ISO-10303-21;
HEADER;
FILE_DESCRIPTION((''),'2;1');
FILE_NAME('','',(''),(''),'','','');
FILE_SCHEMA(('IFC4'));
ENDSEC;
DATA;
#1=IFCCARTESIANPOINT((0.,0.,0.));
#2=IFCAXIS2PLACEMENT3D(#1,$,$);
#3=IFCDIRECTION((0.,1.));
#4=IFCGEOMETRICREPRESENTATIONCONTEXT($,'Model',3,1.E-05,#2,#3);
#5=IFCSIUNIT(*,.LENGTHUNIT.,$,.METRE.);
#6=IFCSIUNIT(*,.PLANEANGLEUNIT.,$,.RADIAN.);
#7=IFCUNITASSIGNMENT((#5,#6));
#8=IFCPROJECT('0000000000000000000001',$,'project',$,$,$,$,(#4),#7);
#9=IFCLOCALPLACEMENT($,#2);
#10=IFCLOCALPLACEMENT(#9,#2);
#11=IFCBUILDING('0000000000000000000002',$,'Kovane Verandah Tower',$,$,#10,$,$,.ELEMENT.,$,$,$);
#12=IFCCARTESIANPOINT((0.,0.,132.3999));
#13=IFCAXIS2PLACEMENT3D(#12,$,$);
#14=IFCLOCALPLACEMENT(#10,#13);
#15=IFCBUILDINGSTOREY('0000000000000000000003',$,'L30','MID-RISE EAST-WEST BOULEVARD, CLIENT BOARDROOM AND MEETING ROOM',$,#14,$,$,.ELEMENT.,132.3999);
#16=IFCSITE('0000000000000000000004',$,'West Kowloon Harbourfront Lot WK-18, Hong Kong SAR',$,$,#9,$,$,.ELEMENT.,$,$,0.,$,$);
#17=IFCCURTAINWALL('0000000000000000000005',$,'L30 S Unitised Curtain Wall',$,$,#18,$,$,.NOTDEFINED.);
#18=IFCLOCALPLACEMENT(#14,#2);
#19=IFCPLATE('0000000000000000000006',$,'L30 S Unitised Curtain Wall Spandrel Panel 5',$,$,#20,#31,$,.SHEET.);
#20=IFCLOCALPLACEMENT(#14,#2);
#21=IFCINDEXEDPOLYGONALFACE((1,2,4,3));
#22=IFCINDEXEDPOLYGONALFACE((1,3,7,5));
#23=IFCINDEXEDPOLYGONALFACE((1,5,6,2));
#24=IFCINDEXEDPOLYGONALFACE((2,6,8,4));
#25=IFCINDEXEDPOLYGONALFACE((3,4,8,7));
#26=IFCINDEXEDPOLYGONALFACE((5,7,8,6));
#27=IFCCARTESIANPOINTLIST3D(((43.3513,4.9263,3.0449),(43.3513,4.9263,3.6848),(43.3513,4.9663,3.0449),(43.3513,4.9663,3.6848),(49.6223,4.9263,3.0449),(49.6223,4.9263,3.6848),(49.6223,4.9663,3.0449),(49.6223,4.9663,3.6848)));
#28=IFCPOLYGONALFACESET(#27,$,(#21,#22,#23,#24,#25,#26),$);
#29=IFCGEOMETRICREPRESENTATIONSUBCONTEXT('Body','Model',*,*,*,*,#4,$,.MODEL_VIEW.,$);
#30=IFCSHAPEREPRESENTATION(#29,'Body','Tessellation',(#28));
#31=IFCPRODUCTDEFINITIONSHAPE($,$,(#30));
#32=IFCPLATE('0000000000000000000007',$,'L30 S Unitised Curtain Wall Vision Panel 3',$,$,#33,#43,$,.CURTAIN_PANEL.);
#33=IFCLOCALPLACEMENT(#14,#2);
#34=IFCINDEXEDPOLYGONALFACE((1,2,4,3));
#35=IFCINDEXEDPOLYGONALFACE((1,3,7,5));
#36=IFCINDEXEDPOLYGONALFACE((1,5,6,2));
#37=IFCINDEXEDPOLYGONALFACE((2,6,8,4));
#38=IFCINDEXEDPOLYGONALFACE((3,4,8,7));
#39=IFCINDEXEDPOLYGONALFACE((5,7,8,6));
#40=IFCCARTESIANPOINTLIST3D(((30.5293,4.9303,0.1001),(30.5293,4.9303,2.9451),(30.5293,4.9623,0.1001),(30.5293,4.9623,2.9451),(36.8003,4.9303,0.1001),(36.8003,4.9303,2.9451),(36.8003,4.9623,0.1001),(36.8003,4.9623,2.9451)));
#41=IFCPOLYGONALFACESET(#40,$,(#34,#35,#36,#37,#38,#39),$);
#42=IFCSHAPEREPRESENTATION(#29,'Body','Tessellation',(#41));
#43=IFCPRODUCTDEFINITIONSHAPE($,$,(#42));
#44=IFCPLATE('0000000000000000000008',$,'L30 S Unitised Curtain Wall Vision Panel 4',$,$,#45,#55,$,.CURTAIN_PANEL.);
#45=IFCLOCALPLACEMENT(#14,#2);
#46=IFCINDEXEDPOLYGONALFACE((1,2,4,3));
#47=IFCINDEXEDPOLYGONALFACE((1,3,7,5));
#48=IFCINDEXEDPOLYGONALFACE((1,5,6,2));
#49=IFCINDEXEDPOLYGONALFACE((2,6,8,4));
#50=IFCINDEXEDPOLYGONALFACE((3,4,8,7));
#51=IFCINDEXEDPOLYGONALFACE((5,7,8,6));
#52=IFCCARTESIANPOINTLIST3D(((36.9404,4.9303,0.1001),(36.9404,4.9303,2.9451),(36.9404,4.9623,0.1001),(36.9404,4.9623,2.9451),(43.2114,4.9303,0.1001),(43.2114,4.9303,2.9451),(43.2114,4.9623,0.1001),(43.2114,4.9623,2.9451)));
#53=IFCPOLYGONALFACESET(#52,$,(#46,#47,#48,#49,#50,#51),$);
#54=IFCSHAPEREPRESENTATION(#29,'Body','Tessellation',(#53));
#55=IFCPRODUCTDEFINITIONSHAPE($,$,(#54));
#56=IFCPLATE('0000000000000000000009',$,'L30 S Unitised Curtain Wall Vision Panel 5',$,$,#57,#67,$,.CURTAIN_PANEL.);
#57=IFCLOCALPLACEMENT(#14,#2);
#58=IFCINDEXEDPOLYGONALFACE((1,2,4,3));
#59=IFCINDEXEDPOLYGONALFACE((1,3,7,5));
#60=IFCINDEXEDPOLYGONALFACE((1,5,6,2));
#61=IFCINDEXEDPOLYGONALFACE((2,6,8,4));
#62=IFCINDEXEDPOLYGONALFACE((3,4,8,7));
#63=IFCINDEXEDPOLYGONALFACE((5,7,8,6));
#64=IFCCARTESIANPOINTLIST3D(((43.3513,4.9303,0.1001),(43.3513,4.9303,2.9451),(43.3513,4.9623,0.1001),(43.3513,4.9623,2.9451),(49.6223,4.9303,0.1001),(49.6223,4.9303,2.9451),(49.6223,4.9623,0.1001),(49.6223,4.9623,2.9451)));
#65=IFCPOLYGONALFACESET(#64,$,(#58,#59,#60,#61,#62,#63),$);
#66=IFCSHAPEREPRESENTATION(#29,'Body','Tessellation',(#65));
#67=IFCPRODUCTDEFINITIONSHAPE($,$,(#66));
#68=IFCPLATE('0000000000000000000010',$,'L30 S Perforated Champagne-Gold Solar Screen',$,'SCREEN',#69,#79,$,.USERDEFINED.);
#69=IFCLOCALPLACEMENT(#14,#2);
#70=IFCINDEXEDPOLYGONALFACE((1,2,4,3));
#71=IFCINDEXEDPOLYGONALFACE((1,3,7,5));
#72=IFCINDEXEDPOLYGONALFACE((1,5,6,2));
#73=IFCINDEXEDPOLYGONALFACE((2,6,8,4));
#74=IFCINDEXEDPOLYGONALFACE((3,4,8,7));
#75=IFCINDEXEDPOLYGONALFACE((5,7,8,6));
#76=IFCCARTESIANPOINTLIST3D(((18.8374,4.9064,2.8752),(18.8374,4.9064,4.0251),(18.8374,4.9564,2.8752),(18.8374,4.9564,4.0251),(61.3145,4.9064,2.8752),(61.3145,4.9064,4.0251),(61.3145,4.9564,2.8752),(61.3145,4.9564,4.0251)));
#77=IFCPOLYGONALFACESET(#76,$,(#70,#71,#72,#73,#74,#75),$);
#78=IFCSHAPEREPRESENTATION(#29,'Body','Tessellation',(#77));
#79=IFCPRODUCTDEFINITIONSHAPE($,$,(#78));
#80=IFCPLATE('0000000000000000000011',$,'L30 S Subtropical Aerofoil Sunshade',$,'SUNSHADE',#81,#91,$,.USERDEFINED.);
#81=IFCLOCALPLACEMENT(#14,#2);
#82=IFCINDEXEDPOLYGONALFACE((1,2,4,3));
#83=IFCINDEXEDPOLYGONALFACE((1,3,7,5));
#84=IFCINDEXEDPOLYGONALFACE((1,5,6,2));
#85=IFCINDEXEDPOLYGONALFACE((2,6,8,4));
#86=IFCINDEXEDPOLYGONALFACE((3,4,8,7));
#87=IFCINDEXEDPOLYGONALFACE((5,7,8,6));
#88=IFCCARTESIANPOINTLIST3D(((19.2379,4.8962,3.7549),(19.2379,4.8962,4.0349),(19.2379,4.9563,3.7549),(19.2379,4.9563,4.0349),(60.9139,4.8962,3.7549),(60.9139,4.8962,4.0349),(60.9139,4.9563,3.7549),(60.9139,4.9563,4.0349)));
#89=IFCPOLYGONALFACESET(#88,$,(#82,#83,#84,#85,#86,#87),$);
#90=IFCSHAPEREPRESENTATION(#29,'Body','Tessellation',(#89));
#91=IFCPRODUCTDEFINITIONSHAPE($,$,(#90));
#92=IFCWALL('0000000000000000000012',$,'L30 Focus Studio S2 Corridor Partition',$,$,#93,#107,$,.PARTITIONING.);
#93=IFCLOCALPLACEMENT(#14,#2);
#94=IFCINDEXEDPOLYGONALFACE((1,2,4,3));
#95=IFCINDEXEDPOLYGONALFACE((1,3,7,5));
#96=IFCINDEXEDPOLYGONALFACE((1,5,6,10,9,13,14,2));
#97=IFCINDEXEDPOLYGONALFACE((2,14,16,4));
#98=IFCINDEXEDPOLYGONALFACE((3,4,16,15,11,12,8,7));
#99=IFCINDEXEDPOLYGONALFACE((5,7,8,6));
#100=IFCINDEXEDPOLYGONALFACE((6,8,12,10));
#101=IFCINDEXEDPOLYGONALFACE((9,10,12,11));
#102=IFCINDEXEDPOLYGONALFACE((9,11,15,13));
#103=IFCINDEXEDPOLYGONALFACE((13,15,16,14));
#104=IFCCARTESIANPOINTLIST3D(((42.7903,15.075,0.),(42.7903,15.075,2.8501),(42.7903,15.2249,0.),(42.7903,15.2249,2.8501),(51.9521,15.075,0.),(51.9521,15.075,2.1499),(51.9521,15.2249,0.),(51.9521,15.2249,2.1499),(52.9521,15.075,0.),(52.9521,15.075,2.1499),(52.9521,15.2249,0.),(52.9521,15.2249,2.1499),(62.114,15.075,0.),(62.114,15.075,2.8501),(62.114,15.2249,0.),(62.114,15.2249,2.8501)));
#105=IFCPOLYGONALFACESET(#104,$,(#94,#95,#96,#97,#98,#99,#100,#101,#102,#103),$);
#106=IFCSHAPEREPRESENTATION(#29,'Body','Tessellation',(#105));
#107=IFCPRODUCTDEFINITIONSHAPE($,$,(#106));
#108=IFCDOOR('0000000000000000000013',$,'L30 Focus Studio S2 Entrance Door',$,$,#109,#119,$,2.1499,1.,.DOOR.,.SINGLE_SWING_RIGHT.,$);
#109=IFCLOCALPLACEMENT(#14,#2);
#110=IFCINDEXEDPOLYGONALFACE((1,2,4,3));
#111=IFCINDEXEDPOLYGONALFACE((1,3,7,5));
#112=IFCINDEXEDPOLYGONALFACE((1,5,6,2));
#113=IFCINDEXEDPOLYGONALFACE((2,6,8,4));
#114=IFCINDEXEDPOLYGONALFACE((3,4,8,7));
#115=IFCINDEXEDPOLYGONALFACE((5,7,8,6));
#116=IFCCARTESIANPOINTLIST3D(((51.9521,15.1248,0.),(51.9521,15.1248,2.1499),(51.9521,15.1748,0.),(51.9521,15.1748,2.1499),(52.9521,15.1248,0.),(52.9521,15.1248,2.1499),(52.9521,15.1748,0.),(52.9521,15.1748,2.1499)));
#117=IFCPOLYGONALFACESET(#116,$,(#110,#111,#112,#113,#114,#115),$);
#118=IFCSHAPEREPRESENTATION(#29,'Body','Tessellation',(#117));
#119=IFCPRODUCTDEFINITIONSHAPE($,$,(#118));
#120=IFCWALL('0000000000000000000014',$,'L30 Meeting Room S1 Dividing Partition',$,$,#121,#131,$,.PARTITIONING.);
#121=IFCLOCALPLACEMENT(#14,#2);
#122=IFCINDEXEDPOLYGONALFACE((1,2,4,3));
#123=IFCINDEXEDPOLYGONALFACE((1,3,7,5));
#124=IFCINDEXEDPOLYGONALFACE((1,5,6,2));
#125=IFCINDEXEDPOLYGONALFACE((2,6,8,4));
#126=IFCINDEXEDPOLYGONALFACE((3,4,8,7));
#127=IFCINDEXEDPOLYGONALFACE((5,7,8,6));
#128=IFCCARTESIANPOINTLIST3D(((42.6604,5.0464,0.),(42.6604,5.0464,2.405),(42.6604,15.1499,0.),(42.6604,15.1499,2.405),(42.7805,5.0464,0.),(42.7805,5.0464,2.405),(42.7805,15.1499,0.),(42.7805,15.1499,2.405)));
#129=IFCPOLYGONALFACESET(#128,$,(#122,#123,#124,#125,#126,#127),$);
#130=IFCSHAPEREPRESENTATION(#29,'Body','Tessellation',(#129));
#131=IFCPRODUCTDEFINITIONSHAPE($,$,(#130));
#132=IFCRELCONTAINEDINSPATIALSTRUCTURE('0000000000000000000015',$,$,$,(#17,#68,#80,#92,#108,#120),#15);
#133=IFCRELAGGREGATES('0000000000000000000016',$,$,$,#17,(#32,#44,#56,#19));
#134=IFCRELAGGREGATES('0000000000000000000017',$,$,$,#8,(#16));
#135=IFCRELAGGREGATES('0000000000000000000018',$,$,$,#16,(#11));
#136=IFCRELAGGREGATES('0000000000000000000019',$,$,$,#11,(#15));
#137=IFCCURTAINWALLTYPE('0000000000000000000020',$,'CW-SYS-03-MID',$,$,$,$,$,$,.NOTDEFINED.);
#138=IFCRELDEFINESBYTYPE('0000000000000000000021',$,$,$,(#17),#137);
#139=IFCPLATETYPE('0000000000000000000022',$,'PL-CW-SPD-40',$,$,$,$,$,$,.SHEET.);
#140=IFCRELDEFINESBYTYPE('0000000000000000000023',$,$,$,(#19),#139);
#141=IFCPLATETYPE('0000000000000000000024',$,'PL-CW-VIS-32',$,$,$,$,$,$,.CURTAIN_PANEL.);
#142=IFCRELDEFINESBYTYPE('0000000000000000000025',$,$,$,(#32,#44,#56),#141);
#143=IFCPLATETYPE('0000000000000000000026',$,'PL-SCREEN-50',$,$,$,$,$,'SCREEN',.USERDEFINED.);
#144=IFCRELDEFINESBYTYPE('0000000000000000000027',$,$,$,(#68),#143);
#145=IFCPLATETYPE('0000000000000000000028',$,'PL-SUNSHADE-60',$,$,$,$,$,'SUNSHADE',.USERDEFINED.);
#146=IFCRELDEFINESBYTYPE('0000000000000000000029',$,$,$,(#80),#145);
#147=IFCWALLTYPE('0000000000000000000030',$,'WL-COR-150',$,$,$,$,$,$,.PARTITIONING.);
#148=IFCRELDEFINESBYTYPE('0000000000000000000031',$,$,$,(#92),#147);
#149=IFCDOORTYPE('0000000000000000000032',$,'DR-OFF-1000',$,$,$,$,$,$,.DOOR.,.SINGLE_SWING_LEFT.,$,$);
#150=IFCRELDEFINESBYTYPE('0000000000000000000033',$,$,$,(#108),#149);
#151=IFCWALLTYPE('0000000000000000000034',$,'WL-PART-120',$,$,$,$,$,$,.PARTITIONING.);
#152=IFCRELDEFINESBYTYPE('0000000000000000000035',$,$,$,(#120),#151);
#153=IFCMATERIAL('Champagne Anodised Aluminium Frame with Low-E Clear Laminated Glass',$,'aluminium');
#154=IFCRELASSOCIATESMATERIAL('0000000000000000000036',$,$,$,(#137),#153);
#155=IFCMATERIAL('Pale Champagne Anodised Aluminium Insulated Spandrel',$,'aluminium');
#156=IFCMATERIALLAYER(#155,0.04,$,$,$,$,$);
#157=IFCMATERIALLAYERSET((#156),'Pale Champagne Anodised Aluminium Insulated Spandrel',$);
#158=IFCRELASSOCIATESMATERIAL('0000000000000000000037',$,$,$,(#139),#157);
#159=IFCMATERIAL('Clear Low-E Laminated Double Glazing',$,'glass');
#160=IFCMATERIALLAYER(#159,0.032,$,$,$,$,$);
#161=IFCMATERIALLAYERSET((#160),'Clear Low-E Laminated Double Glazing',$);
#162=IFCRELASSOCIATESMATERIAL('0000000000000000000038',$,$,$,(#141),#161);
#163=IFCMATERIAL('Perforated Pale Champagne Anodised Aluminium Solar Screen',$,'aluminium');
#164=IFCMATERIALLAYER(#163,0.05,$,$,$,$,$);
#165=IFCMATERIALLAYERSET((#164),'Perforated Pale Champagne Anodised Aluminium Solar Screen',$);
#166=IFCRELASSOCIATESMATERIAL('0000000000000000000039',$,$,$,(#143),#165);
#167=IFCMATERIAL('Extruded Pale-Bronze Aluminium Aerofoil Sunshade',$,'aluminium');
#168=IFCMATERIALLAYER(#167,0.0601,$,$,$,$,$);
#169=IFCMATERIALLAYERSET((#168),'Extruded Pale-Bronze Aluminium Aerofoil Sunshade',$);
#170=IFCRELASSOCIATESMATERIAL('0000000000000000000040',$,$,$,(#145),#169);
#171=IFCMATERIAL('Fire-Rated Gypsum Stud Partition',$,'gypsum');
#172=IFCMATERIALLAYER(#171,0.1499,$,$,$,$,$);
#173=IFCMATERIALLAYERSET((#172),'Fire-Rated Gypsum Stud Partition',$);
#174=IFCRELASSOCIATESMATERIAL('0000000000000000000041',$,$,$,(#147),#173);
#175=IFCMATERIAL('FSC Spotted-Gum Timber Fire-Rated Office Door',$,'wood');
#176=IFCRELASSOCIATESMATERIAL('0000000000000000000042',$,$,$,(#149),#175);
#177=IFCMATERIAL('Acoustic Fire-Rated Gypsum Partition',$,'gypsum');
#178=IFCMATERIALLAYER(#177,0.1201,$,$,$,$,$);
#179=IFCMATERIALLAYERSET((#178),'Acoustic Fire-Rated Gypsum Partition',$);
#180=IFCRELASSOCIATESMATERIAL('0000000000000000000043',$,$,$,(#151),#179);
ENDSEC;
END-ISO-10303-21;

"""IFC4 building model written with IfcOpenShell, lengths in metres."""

from ifc_helpers import new_model, si_unit, direction, frame, frame_2d, origin, origin_2d, place, context, subcontext, project, spatial, rectangle, extrude, material, layer, layer_set, type_object, element, fill, aggregate, save


model = new_model("IFC4")

# Units and contexts
model_context = context("Model", 3, precision=1e-05, world=origin(), true_north=direction((0.0, 1.0)))
body_context = subcontext(model_context, "Body", "Model", "MODEL_VIEW")
ifc_project = project(units=[si_unit("LENGTHUNIT", "METRE"), si_unit("PLANEANGLEUNIT", "RADIAN")], contexts=[model_context])

# Site, building, storey
site_placement = place(None, origin())
site = spatial("IfcSite", under=ifc_project, at=site_placement, Name="West Kowloon Harbourfront Lot WK-18, Hong Kong SAR", CompositionType="ELEMENT", RefElevation=0.0)
building_placement = place(site_placement, origin())
building = spatial("IfcBuilding", under=site, at=building_placement, Name="Kovane Verandah Tower", CompositionType="ELEMENT")
storey_placement = place(building_placement, frame((0.0, 0.0, 132.3999)))
storey = spatial("IfcBuildingStorey", under=building, at=storey_placement, Name="L30", Description="MID-RISE EAST-WEST BOULEVARD, CLIENT BOARDROOM AND MEETING ROOM", CompositionType="ELEMENT", Elevation=132.3999)

# Curtain wall, plates
ifc_material_1 = material(Name="Champagne Anodised Aluminium Frame with Low-E Clear Laminated Glass", Category="aluminium")
curtain_wall_type = type_object("IfcCurtainWallType", Name="CW-SYS-03-MID", PredefinedType="NOTDEFINED", material=ifc_material_1)
curtain_wall_placement = place(storey_placement, origin())
curtain_wall = element("IfcCurtainWall", 1, at=curtain_wall_placement, inside=storey, type_object=curtain_wall_type, Name="L30 S Unitised Curtain Wall", PredefinedType="NOTDEFINED")
ifc_material_2 = material(Name="Pale Champagne Anodised Aluminium Insulated Spandrel", Category="aluminium")
ifc_layer_1 = layer(ifc_material_2, 0.04)
ifc_layer_set_1 = layer_set([ifc_layer_1], Name="Pale Champagne Anodised Aluminium Insulated Spandrel")
plate_type_1 = type_object("IfcPlateType", Name="PL-CW-SPD-40", PredefinedType="SHEET", material=ifc_layer_set_1)
plate_1_placement = place(storey_placement, frame((46.4868, 4.9463, 3.0449), z_axis=(0.0, 0.0, 1.0), x_axis=(1.0, 0.0, 0.0)))
plate_1 = element("IfcPlate", 2, at=plate_1_placement, type_object=plate_type_1, Name="L30 S Unitised Curtain Wall Spandrel Panel 5", PredefinedType="SHEET", context=body_context, shape_type="SweptSolid", body=[
    extrude(rectangle(XDim=6.271, YDim=0.04, at=origin_2d()), origin(), (0.0, 0.0, 1.0), 0.6399),
])
ifc_material_3 = material(Name="Clear Low-E Laminated Double Glazing", Category="glass")
ifc_layer_2 = layer(ifc_material_3, 0.032)
ifc_layer_set_2 = layer_set([ifc_layer_2], Name="Clear Low-E Laminated Double Glazing")
plate_type_2 = type_object("IfcPlateType", Name="PL-CW-VIS-32", PredefinedType="CURTAIN_PANEL", material=ifc_layer_set_2)
plate_2_placement = place(storey_placement, frame((33.6648, 4.9463, 0.1001), z_axis=(0.0, 0.0, 1.0), x_axis=(1.0, 0.0, 0.0)))
plate_2 = element("IfcPlate", 3, at=plate_2_placement, type_object=plate_type_2, Name="L30 S Unitised Curtain Wall Vision Panel 3", PredefinedType="CURTAIN_PANEL", context=body_context, shape_type="SweptSolid", body=[
    extrude(rectangle(XDim=6.271, YDim=0.032, at=origin_2d()), origin(), (0.0, 0.0, 1.0), 2.845),
])
plate_3_placement = place(storey_placement, frame((40.0759, 4.9463, 0.1001), z_axis=(0.0, 0.0, 1.0), x_axis=(1.0, 0.0, 0.0)))
plate_3 = element("IfcPlate", 4, at=plate_3_placement, type_object=plate_type_2, Name="L30 S Unitised Curtain Wall Vision Panel 4", PredefinedType="CURTAIN_PANEL", context=body_context, shape_type="SweptSolid", body=[
    extrude(rectangle(XDim=6.271, YDim=0.032, at=origin_2d()), origin(), (0.0, 0.0, 1.0), 2.845),
])
plate_4_placement = place(storey_placement, frame((46.4868, 4.9463, 0.1001), z_axis=(0.0, 0.0, 1.0), x_axis=(1.0, 0.0, 0.0)))
plate_4 = element("IfcPlate", 5, at=plate_4_placement, type_object=plate_type_2, Name="L30 S Unitised Curtain Wall Vision Panel 5", PredefinedType="CURTAIN_PANEL", context=body_context, shape_type="SweptSolid", body=[
    extrude(rectangle(XDim=6.271, YDim=0.032, at=origin_2d()), origin(), (0.0, 0.0, 1.0), 2.845),
])
aggregate(curtain_wall, [plate_2, plate_3, plate_4, plate_1])

# Plates
ifc_material_4 = material(Name="Perforated Pale Champagne Anodised Aluminium Solar Screen", Category="aluminium")
ifc_layer_3 = layer(ifc_material_4, 0.05)
ifc_layer_set_3 = layer_set([ifc_layer_3], Name="Perforated Pale Champagne Anodised Aluminium Solar Screen")
plate_type_3 = type_object("IfcPlateType", Name="PL-SCREEN-50", ElementType="SCREEN", PredefinedType="USERDEFINED", material=ifc_layer_set_3)
plate_5_placement = place(storey_placement, frame((40.0759, 4.9314, 2.8752), z_axis=(0.0, 0.0, 1.0), x_axis=(1.0, 0.0, 0.0)))
element("IfcPlate", 6, at=plate_5_placement, inside=storey, type_object=plate_type_3, Name="L30 S Perforated Champagne-Gold Solar Screen", ObjectType="SCREEN", PredefinedType="USERDEFINED", context=body_context, shape_type="SweptSolid", body=[
    extrude(rectangle(XDim=42.4771, YDim=0.05, at=origin_2d()), origin(), (0.0, 0.0, 1.0), 1.1499),
])
ifc_material_5 = material(Name="Extruded Pale-Bronze Aluminium Aerofoil Sunshade", Category="aluminium")
ifc_layer_4 = layer(ifc_material_5, 0.0601)
ifc_layer_set_4 = layer_set([ifc_layer_4], Name="Extruded Pale-Bronze Aluminium Aerofoil Sunshade")
plate_type_4 = type_object("IfcPlateType", Name="PL-SUNSHADE-60", ElementType="SUNSHADE", PredefinedType="USERDEFINED", material=ifc_layer_set_4)
plate_6_placement = place(storey_placement, frame((40.0759, 4.9263, 3.7549), z_axis=(0.0, 0.0, 1.0), x_axis=(1.0, 0.0, 0.0)))
element("IfcPlate", 7, at=plate_6_placement, inside=storey, type_object=plate_type_4, Name="L30 S Subtropical Aerofoil Sunshade", ObjectType="SUNSHADE", PredefinedType="USERDEFINED", context=body_context, shape_type="SweptSolid", body=[
    extrude(rectangle(XDim=41.676, YDim=0.0601, at=origin_2d()), origin(), (0.0, 0.0, 1.0), 0.28),
])

# Wall, opening, door
ifc_material_6 = material(Name="Fire-Rated Gypsum Stud Partition", Category="gypsum")
ifc_layer_5 = layer(ifc_material_6, 0.1499)
ifc_layer_set_5 = layer_set([ifc_layer_5], Name="Fire-Rated Gypsum Stud Partition")
wall_type_1 = type_object("IfcWallType", Name="WL-COR-150", PredefinedType="PARTITIONING", material=ifc_layer_set_5)
wall_1_placement = place(storey_placement, frame((42.7903, 15.1499, 0.0), z_axis=(0.0, 0.0, 1.0), x_axis=(1.0, 0.0, 0.0)))
wall_1 = element("IfcWall", 8, at=wall_1_placement, inside=storey, type_object=wall_type_1, Name="L30 Focus Studio S2 Corridor Partition", PredefinedType="PARTITIONING", context=body_context, shape_type="SweptSolid", body=[
    extrude(rectangle(XDim=19.3237, YDim=0.1499, at=frame_2d((9.6619, 0.0))), origin(), (0.0, 0.0, 1.0), 2.8501),
])
opening_placement = place(wall_1_placement, frame((9.1619, 0.0, 0.0)))
opening = element("IfcOpeningElement", 9, at=opening_placement, cuts=wall_1, PredefinedType="OPENING", context=body_context, shape_type="SweptSolid", body=[
    extrude(rectangle(XDim=1.0, YDim=2.1499, at=frame_2d((0.5, 1.075))), frame((0.0, 0.075, 0.0), z_axis=(0.0, -1.0, 0.0), x_axis=(1.0, 0.0, 0.0)), (0.0, 0.0, 1.0), 0.1499),
])
ifc_material_7 = material(Name="FSC Spotted-Gum Timber Fire-Rated Office Door", Category="wood")
door_type = type_object("IfcDoorType", Name="DR-OFF-1000", OperationType="SINGLE_SWING_LEFT", PredefinedType="DOOR", material=ifc_material_7)
door_placement = place(opening_placement, origin())
door = element("IfcDoor", 10, at=door_placement, inside=storey, type_object=door_type, Name="L30 Focus Studio S2 Entrance Door", OperationType="SINGLE_SWING_RIGHT", OverallHeight=2.1499, OverallWidth=1.0, PredefinedType="DOOR", context=body_context, shape_type="SweptSolid", body=[
    extrude(rectangle(XDim=1.0, YDim=2.1499, at=frame_2d((0.5, 1.075))), frame((0.0, 0.0249, 0.0), z_axis=(0.0, -1.0, 0.0), x_axis=(1.0, 0.0, 0.0)), (0.0, 0.0, 1.0), 0.05),
])
fill(opening, door)

# Wall
ifc_material_8 = material(Name="Acoustic Fire-Rated Gypsum Partition", Category="gypsum")
ifc_layer_6 = layer(ifc_material_8, 0.1201)
ifc_layer_set_6 = layer_set([ifc_layer_6], Name="Acoustic Fire-Rated Gypsum Partition")
wall_type_2 = type_object("IfcWallType", Name="WL-PART-120", PredefinedType="PARTITIONING", material=ifc_layer_set_6)
wall_2_placement = place(storey_placement, frame((42.7205, 5.0464, 0.0), z_axis=(0.0, 0.0, 1.0), x_axis=(0.0, 1.0, 0.0)))
element("IfcWall", 11, at=wall_2_placement, inside=storey, type_object=wall_type_2, Name="L30 Meeting Room S1 Dividing Partition", PredefinedType="PARTITIONING", context=body_context, shape_type="SweptSolid", body=[
    extrude(rectangle(XDim=10.1035, YDim=0.1201, at=frame_2d((5.0518, 0.0))), origin(), (0.0, 0.0, 1.0), 2.405),
])

save(model, "model.ifc")
